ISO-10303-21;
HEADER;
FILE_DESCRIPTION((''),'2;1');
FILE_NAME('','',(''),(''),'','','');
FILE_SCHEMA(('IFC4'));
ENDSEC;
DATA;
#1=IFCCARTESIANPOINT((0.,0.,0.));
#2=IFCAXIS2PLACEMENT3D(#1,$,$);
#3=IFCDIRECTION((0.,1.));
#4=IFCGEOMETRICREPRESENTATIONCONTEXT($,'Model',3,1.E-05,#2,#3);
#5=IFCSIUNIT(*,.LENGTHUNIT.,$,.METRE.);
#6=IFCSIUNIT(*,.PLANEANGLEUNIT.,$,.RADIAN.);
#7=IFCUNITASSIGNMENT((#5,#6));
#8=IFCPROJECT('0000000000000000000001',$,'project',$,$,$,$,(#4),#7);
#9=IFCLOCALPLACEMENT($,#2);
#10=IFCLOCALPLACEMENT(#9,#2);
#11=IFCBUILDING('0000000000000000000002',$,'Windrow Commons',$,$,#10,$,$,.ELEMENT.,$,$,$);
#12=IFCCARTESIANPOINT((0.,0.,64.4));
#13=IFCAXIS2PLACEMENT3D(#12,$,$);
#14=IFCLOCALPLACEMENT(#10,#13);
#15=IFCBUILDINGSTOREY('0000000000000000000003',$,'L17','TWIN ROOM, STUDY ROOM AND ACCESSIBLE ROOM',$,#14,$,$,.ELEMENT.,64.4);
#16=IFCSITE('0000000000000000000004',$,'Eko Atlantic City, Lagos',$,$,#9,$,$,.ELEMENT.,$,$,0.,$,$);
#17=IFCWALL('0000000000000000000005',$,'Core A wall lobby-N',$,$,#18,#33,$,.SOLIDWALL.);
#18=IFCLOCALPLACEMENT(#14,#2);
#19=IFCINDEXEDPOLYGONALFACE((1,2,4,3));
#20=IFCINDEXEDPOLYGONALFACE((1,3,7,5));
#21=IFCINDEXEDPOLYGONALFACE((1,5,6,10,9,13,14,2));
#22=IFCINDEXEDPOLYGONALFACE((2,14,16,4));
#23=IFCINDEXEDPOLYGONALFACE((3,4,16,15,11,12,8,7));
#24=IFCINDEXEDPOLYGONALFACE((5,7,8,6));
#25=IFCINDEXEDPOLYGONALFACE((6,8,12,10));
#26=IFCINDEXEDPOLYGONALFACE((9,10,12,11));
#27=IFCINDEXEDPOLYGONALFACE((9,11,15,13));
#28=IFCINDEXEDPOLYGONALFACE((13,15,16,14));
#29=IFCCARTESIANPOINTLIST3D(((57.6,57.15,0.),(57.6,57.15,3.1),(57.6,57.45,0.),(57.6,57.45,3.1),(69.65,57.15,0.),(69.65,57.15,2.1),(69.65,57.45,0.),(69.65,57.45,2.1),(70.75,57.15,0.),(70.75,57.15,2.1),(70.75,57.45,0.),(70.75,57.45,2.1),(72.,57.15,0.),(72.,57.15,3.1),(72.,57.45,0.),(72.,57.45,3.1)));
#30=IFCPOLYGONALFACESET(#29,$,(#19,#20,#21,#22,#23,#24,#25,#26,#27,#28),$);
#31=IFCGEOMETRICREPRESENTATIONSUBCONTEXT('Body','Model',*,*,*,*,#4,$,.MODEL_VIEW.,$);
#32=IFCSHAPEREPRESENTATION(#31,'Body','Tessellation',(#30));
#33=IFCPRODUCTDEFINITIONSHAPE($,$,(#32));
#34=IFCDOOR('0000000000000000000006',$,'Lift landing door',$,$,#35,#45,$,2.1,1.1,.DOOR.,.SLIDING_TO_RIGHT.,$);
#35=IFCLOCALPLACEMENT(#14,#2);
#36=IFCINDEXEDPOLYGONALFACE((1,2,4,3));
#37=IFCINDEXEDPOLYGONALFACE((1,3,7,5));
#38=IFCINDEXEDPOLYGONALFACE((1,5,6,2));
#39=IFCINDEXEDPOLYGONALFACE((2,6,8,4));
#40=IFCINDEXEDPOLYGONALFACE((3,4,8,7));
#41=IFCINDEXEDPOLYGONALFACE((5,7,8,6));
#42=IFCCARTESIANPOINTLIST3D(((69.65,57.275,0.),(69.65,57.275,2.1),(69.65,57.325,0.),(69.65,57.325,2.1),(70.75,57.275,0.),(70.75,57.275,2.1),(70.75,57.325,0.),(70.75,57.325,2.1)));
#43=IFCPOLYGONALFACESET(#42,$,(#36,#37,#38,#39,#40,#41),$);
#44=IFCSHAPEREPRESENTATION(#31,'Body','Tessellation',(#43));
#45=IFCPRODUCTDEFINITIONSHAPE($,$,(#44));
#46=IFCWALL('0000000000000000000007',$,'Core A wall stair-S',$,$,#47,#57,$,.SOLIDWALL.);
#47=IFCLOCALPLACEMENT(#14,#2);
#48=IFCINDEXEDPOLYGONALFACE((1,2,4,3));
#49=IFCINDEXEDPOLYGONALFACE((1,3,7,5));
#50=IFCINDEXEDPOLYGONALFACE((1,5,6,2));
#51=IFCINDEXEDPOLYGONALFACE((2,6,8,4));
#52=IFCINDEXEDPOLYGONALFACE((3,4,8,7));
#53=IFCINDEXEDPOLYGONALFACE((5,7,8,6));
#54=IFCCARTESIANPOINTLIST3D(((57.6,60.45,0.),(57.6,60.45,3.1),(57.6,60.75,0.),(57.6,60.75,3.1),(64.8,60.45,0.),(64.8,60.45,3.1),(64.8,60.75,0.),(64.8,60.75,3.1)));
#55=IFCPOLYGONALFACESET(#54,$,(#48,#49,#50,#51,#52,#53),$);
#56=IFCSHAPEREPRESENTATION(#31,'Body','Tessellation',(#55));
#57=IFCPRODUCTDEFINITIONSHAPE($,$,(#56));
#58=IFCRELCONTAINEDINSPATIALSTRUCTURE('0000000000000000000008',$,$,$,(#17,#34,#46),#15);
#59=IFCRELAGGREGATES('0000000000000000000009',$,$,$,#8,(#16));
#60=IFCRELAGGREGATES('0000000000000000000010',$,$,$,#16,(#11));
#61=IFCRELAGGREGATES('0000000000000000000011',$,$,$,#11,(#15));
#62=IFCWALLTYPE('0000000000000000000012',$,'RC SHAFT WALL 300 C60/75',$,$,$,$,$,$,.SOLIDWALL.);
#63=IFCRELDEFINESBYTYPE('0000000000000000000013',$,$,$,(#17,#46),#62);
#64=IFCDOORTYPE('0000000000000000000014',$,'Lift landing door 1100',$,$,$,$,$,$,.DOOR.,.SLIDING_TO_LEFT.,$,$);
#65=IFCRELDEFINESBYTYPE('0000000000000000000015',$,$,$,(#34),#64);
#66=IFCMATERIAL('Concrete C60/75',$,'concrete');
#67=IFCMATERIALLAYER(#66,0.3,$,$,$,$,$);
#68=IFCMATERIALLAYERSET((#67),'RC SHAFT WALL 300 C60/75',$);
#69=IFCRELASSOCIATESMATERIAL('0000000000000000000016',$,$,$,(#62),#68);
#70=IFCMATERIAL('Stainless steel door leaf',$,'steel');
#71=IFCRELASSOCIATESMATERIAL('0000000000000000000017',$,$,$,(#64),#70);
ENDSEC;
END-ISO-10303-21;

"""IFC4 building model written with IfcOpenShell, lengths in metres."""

from ifc_helpers import new_model, si_unit, direction, frame, frame_2d, origin, place, context, subcontext, project, spatial, rectangle, extrude, material, layer, layer_set, type_object, element, fill, save


model = new_model("IFC4")

# Units and contexts
model_context = context("Model", 3, precision=1e-05, world=origin(), true_north=direction((0.0, 1.0)))
body_context = subcontext(model_context, "Body", "Model", "MODEL_VIEW")
ifc_project = project(units=[si_unit("LENGTHUNIT", "METRE"), si_unit("PLANEANGLEUNIT", "RADIAN")], contexts=[model_context])

# Site, building, storey
site_placement = place(None, origin())
site = spatial("IfcSite", under=ifc_project, at=site_placement, Name="Eko Atlantic City, Lagos", CompositionType="ELEMENT", RefElevation=0.0)
building_placement = place(site_placement, origin())
building = spatial("IfcBuilding", under=site, at=building_placement, Name="Windrow Commons", CompositionType="ELEMENT")
storey_placement = place(building_placement, frame((0.0, 0.0, 64.4)))
storey = spatial("IfcBuildingStorey", under=building, at=storey_placement, Name="L17", Description="TWIN ROOM, STUDY ROOM AND ACCESSIBLE ROOM", CompositionType="ELEMENT", Elevation=64.4)

# Shared definitions
ifc_material_1 = material(Name="Concrete C60/75", Category="concrete")
ifc_layer_1 = layer(ifc_material_1, 0.3)
ifc_layer_set_1 = layer_set([ifc_layer_1], Name="RC SHAFT WALL 300 C60/75")
wall_type_1 = type_object("IfcWallType", Name="RC SHAFT WALL 300 C60/75", PredefinedType="SOLIDWALL", material=ifc_layer_set_1)

# Shared definitions
ifc_material_2 = material(Name="Stainless steel door leaf", Category="steel")
door_type_1 = type_object("IfcDoorType", Name="Lift landing door 1100", OperationType="SLIDING_TO_LEFT", PredefinedType="DOOR", material=ifc_material_2)

# Wall, opening, door
wall_1_placement = place(storey_placement, frame((57.6, 57.3, 0.0), z_axis=(0.0, 0.0, 1.0), x_axis=(1.0, 0.0, 0.0)))
wall_1 = element("IfcWall", 1, at=wall_1_placement, inside=storey, type_object=wall_type_1, Name="Core A wall lobby-N", PredefinedType="SOLIDWALL", context=body_context, shape_type="SweptSolid", body=[
    extrude(rectangle(XDim=14.4, YDim=0.3, at=frame_2d((7.2, 0.0))), origin(), (0.0, 0.0, 1.0), 3.1),
])
opening_1_placement = place(wall_1_placement, frame((12.05, 0.0, 0.0)))
opening_1 = element("IfcOpeningElement", 2, at=opening_1_placement, cuts=wall_1, PredefinedType="OPENING", context=body_context, shape_type="SweptSolid", body=[
    extrude(rectangle(XDim=1.1, YDim=2.1, at=frame_2d((0.55, 1.05))), frame((0.0, 0.16, 0.0), z_axis=(0.0, -1.0, 0.0), x_axis=(1.0, 0.0, 0.0)), (0.0, 0.0, 1.0), 0.32),
])
door_1_placement = place(opening_1_placement, origin())
door_1 = element("IfcDoor", 3, at=door_1_placement, inside=storey, type_object=door_type_1, Name="Lift landing door", OperationType="SLIDING_TO_RIGHT", OverallHeight=2.1, OverallWidth=1.1, PredefinedType="DOOR", context=body_context, shape_type="SweptSolid", body=[
    extrude(rectangle(XDim=1.1, YDim=2.1, at=frame_2d((0.55, 1.05))), frame((0.0, 0.025, 0.0), z_axis=(0.0, -1.0, 0.0), x_axis=(1.0, 0.0, 0.0)), (0.0, 0.0, 1.0), 0.05),
])
fill(opening_1, door_1)

# Wall
wall_2_placement = place(storey_placement, frame((57.6, 60.6, 0.0), z_axis=(0.0, 0.0, 1.0), x_axis=(1.0, 0.0, 0.0)))
element("IfcWall", 4, at=wall_2_placement, inside=storey, type_object=wall_type_1, Name="Core A wall stair-S", PredefinedType="SOLIDWALL", context=body_context, shape_type="SweptSolid", body=[
    extrude(rectangle(XDim=7.2, YDim=0.3, at=frame_2d((3.6, 0.0))), origin(), (0.0, 0.0, 1.0), 3.1),
])

save(model, "model.ifc")
